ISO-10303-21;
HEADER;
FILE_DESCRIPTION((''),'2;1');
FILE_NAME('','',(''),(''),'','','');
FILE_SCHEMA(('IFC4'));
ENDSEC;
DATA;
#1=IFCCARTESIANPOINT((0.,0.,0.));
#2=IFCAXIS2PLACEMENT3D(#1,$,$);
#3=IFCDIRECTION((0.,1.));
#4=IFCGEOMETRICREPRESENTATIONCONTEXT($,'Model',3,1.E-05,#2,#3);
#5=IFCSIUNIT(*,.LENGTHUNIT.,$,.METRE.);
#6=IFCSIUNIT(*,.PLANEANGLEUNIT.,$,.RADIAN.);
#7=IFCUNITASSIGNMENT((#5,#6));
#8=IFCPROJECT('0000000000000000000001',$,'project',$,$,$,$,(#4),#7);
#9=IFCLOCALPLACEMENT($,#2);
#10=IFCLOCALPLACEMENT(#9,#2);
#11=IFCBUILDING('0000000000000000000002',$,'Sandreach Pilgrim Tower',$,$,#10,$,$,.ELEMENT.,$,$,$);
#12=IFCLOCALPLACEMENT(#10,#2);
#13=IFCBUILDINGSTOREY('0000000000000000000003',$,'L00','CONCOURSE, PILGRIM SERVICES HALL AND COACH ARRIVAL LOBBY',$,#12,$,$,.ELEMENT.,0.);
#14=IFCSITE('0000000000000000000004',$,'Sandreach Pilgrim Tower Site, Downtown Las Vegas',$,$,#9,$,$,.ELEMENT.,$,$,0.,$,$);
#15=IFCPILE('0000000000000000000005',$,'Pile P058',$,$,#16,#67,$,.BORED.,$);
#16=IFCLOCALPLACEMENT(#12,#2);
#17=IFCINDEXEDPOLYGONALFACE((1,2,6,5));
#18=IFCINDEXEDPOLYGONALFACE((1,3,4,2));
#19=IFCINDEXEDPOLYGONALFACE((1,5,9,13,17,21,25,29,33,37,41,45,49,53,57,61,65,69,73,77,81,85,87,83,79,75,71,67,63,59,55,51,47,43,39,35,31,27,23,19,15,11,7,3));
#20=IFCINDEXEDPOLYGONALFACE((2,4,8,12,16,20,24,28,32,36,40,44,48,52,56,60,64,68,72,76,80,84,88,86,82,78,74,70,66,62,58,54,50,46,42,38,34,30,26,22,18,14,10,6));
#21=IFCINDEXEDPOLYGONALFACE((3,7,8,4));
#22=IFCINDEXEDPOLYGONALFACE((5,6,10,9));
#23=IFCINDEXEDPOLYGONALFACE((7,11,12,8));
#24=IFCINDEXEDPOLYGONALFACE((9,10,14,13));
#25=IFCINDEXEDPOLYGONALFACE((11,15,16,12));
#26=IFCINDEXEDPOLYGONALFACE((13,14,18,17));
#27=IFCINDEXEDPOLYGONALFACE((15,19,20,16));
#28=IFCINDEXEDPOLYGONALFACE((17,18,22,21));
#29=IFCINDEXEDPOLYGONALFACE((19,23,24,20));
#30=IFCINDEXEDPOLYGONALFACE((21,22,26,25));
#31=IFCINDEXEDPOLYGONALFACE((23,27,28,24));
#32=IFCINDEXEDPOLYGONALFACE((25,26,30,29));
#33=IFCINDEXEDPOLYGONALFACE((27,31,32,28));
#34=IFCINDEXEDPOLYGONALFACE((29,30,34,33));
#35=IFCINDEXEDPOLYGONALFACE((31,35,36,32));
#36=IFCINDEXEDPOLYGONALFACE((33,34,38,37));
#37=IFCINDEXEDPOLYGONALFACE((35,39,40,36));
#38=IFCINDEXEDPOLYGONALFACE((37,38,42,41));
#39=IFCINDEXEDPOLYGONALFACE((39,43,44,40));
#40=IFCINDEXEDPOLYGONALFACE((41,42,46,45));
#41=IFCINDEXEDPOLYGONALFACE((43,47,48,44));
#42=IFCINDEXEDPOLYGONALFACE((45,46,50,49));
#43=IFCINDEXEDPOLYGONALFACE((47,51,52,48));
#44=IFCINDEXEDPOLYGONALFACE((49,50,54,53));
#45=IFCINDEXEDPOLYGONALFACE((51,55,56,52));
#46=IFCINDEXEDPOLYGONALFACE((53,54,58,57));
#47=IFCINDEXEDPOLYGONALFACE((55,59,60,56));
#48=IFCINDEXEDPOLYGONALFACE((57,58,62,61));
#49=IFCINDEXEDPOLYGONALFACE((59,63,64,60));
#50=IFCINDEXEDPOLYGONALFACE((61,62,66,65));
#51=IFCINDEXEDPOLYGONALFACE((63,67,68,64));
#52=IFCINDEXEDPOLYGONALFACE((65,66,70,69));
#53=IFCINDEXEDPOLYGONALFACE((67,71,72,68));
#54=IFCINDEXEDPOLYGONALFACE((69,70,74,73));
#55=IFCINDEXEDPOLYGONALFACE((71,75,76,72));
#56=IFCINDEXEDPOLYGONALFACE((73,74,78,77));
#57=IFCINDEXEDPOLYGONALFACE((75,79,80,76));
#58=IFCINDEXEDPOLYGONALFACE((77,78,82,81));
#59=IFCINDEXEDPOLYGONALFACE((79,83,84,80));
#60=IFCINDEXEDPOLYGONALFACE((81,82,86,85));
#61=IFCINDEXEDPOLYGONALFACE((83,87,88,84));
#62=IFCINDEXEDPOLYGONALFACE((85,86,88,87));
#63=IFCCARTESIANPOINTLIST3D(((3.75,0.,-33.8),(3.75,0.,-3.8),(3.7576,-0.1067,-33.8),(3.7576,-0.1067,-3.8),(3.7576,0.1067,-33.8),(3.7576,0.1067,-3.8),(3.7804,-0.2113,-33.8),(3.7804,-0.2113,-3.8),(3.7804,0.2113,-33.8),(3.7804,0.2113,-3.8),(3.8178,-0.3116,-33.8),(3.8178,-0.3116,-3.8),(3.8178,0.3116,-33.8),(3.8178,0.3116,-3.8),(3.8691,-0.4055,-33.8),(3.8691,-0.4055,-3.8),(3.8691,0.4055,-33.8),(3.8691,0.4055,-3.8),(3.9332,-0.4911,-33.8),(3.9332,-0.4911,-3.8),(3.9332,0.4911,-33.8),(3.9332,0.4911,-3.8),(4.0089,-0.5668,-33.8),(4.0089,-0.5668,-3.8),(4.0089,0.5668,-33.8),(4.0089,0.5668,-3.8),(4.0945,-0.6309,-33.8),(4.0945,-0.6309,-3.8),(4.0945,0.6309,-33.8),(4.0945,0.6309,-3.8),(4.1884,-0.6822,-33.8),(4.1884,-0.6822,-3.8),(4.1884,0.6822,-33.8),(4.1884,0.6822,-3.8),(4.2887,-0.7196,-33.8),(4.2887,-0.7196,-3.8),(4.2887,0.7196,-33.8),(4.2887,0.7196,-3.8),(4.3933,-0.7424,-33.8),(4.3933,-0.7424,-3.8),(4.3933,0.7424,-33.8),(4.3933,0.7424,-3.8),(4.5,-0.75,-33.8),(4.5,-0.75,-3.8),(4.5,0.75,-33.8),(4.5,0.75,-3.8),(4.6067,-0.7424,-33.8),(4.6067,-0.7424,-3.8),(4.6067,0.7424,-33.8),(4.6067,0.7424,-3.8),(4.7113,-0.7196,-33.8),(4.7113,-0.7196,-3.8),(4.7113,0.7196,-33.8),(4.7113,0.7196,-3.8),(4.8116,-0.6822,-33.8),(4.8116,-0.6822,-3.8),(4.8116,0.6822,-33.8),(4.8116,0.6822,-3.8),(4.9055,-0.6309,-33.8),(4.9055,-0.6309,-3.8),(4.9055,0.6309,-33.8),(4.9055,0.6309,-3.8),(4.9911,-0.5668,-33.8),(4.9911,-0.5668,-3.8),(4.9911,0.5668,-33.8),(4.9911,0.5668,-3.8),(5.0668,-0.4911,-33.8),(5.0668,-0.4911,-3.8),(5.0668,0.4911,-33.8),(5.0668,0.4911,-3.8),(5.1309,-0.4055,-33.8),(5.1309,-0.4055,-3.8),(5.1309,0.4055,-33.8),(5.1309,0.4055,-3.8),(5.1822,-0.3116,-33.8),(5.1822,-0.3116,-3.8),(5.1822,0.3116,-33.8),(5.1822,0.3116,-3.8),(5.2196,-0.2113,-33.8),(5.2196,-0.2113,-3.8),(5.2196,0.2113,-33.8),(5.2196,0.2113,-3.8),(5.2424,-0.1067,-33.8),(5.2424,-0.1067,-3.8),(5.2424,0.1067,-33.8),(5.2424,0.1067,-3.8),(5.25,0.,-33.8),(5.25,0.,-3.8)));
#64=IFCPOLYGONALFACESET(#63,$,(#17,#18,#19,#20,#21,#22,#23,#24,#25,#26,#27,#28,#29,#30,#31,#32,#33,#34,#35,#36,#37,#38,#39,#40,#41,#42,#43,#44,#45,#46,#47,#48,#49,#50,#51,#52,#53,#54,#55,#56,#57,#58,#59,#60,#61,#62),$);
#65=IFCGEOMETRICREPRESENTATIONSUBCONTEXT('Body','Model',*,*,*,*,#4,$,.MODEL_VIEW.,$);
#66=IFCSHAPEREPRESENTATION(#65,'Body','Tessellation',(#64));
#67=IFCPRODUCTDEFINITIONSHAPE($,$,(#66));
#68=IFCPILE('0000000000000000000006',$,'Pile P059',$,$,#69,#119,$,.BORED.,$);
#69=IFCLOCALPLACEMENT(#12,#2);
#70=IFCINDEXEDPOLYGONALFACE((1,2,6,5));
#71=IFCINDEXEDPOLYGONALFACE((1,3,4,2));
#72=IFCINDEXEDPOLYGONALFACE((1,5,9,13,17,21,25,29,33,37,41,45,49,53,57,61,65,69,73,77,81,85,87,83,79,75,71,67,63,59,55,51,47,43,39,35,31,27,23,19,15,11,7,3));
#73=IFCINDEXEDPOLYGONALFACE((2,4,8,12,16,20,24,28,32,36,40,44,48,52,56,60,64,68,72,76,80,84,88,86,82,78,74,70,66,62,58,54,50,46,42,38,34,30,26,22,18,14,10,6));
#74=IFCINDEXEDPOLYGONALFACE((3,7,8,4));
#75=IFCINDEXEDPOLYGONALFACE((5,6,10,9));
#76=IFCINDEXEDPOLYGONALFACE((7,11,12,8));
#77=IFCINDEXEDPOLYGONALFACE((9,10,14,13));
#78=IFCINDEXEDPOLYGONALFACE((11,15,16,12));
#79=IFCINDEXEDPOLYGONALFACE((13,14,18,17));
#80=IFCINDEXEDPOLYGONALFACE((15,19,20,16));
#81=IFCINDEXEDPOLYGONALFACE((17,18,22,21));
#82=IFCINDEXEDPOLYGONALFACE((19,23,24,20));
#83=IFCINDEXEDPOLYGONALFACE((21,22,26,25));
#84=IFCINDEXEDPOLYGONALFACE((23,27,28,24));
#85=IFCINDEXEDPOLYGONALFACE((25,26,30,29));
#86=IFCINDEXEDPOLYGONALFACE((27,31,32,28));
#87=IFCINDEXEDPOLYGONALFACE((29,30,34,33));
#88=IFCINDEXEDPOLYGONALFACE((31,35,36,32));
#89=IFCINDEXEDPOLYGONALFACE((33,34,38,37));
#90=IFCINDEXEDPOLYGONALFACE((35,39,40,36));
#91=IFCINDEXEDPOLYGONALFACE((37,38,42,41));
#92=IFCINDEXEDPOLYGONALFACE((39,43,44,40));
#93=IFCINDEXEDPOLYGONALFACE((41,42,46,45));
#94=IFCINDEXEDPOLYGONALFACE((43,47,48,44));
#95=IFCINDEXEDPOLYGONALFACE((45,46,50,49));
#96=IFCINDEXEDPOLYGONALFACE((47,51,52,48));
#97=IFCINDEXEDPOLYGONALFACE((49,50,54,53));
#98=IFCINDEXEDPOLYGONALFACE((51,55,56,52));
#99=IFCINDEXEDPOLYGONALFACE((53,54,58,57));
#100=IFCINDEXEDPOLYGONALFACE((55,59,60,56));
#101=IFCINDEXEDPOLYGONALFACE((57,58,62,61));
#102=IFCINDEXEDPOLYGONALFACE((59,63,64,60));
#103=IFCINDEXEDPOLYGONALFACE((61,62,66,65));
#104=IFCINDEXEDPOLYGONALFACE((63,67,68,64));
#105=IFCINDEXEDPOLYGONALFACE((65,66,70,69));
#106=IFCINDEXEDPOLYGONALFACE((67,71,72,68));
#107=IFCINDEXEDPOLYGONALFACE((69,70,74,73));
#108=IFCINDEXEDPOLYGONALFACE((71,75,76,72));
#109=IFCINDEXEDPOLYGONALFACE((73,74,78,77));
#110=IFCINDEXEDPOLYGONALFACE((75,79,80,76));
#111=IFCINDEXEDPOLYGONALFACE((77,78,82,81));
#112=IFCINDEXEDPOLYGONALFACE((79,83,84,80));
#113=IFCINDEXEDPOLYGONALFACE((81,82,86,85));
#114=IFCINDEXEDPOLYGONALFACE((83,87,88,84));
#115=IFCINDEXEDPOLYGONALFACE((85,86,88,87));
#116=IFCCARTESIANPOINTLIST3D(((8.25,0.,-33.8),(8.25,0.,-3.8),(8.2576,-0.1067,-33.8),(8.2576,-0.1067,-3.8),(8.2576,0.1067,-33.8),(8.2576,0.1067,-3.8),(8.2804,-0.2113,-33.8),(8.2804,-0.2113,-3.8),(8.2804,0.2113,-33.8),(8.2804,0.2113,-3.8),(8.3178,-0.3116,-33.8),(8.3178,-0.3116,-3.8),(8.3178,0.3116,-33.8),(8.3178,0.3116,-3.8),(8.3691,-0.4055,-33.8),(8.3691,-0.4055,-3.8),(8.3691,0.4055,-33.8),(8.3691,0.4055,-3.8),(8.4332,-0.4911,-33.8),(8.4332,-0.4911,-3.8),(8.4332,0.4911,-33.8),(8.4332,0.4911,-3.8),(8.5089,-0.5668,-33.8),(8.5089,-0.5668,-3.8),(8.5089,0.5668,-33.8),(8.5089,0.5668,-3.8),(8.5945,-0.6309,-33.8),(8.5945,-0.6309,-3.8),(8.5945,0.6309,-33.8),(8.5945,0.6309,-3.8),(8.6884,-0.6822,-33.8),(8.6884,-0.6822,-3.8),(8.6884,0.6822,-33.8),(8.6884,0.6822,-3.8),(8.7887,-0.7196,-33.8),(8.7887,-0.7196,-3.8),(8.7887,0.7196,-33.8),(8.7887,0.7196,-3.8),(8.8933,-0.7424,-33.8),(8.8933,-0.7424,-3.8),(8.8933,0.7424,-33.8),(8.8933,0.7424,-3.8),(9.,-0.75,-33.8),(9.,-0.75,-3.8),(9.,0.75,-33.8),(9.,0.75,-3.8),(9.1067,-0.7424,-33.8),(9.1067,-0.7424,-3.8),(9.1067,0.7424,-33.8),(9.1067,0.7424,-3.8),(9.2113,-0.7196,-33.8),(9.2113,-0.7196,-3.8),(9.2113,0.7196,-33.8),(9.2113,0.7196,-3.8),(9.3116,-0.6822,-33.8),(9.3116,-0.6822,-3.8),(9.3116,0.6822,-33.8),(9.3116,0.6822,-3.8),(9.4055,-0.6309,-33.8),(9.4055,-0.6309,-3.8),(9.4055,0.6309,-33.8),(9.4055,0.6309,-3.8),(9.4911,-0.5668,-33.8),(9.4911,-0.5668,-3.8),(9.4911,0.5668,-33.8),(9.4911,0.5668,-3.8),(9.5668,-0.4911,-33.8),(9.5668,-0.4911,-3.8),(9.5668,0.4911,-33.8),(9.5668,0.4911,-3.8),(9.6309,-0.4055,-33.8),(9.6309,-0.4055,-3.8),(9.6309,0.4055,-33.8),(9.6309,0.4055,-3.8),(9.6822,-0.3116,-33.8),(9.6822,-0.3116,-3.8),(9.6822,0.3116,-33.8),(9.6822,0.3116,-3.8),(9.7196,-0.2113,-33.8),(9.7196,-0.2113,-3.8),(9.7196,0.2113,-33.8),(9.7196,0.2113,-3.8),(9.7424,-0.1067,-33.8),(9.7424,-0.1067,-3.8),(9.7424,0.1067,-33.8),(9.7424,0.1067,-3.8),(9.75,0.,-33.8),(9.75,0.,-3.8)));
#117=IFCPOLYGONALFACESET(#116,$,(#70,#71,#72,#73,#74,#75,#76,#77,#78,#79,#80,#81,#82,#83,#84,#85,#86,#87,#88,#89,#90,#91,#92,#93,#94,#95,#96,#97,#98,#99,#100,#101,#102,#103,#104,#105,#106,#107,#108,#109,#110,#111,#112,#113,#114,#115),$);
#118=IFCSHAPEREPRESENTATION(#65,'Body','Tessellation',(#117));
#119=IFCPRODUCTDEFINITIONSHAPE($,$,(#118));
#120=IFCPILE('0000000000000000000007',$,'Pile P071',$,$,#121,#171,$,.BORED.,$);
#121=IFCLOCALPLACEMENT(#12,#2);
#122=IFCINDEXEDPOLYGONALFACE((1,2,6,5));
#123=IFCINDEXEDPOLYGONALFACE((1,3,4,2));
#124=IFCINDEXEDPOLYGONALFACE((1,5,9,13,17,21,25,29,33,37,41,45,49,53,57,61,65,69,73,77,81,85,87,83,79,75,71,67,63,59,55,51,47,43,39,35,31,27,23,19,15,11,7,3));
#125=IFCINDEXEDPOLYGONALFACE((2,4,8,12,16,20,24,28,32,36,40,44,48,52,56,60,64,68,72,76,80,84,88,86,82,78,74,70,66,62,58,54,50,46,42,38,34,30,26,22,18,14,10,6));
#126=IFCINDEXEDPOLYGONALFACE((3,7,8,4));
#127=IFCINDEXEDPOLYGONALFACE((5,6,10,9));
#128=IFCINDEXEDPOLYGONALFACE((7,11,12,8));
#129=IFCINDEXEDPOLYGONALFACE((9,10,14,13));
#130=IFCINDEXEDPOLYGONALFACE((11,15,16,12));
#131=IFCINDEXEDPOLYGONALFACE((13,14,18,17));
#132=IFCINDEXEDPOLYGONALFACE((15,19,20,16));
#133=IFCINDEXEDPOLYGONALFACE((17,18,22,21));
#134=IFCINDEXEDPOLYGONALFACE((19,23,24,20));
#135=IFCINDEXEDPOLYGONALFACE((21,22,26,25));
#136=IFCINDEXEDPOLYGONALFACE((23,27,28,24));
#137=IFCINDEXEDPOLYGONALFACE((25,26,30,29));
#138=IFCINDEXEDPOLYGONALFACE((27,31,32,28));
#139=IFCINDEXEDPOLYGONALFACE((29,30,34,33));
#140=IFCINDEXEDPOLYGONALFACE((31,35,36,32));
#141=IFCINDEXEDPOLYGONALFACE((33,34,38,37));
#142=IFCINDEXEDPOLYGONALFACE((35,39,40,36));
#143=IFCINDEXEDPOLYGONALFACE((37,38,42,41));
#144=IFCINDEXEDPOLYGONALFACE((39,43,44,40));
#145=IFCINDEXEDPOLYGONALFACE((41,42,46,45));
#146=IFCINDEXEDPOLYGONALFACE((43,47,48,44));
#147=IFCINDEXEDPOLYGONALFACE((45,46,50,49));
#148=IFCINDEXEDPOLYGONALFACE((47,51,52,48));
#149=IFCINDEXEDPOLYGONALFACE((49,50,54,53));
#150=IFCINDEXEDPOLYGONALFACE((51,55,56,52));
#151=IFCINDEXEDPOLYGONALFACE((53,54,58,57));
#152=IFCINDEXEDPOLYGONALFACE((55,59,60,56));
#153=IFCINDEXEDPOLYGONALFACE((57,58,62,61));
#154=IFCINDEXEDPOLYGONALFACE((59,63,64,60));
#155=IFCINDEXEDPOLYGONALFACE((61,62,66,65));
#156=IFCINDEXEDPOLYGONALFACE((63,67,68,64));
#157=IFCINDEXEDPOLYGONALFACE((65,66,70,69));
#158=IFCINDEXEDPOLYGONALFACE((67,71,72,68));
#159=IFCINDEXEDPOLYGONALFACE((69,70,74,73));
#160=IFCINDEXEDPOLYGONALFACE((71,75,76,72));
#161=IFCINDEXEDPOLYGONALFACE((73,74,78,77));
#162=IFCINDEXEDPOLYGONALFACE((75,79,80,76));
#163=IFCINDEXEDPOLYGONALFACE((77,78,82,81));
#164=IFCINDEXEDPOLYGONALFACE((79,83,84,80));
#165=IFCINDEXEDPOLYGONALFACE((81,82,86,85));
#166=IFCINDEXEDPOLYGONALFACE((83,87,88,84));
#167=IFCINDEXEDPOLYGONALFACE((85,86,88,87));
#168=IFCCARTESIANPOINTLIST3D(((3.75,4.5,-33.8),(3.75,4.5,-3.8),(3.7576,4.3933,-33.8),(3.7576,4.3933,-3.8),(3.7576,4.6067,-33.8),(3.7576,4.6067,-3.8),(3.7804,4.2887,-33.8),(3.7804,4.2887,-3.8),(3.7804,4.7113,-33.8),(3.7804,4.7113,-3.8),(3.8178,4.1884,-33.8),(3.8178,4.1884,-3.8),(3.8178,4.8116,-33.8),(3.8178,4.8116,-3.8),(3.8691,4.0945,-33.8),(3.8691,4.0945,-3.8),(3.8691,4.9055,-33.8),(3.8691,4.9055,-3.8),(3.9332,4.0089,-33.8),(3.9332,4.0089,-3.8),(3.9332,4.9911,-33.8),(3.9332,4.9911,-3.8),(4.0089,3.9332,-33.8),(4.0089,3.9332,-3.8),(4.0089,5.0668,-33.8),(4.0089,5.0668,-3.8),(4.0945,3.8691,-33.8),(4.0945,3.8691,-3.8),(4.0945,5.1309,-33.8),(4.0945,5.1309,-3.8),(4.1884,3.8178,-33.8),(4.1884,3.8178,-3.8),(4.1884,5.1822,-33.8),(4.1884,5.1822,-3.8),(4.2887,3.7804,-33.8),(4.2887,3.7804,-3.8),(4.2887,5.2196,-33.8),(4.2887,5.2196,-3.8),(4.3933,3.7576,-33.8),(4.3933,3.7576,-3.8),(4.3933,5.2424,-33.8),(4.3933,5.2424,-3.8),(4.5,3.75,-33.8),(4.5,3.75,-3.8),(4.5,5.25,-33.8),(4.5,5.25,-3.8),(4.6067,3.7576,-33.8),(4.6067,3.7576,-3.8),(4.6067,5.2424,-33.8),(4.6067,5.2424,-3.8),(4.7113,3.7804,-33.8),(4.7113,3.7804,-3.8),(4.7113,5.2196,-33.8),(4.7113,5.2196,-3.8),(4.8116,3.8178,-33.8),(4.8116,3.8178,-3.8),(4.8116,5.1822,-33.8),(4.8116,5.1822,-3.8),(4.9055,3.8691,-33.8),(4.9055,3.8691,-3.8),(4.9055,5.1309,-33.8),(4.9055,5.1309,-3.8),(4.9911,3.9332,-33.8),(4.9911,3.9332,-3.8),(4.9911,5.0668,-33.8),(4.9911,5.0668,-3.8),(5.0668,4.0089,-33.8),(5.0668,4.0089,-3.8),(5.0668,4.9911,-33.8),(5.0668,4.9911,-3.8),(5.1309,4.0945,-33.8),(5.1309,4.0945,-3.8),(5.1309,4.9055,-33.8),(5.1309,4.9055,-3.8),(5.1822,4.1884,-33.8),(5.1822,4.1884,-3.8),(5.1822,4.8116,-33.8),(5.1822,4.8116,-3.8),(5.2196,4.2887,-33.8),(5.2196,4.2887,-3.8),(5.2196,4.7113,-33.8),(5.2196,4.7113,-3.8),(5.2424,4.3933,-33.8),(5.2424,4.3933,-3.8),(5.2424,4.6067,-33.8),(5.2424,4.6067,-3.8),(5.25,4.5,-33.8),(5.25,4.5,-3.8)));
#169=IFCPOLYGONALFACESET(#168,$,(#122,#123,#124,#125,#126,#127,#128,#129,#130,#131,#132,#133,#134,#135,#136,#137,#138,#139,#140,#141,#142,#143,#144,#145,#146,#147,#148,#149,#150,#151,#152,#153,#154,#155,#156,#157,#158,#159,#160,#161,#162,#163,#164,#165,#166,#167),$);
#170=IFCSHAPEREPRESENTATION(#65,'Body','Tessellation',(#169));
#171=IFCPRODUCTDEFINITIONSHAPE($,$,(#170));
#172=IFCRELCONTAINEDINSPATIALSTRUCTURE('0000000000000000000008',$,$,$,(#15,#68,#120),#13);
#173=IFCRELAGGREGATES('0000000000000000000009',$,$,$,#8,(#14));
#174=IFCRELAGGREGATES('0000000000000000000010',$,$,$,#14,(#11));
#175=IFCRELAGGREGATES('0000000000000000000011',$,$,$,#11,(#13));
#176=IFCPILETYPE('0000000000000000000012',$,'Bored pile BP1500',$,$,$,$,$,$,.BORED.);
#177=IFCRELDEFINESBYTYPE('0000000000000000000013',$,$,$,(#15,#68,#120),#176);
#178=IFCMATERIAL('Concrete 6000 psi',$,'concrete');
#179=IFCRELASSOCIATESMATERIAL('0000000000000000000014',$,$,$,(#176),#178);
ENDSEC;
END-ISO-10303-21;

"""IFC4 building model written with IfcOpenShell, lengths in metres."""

from ifc_helpers import new_model, si_unit, direction, frame, origin, origin_2d, place, context, subcontext, project, spatial, circle, extrude, material, material_profile, profile_set, type_object, element, save


model = new_model("IFC4")

# Units and contexts
model_context = context("Model", 3, precision=1e-05, world=origin(), true_north=direction((0.0, 1.0)))
body_context = subcontext(model_context, "Body", "Model", "MODEL_VIEW")
ifc_project = project(units=[si_unit("LENGTHUNIT", "METRE"), si_unit("PLANEANGLEUNIT", "RADIAN")], contexts=[model_context])

# Site, building, storey
site_placement = place(None, origin())
site = spatial("IfcSite", under=ifc_project, at=site_placement, Name="Sandreach Pilgrim Tower Site, Downtown Las Vegas", CompositionType="ELEMENT", RefElevation=0.0)
building_placement = place(site_placement, origin())
building = spatial("IfcBuilding", under=site, at=building_placement, Name="Sandreach Pilgrim Tower", CompositionType="ELEMENT")
storey_placement = place(building_placement, origin())
storey = spatial("IfcBuildingStorey", under=building, at=storey_placement, Name="L00", Description="CONCOURSE, PILGRIM SERVICES HALL AND COACH ARRIVAL LOBBY", CompositionType="ELEMENT", Elevation=0.0)

# Piles
ifc_material_1 = material(Name="Concrete 6000 psi", Category="concrete")
ifc_material_profile_1 = material_profile(ifc_material_1, circle(Radius=0.75, at=origin_2d()), Name="BP1500")
ifc_profile_set_1 = profile_set([ifc_material_profile_1], Name="Concrete 6000 psi")
pile_type = type_object("IfcPileType", Name="Bored pile BP1500", PredefinedType="BORED", material=ifc_profile_set_1)
for number, where, z_axis, x_axis, name in (
    (1, (4.5, 0.0, -3.8), (0.0, 0.0, -1.0), (1.0, 0.0, 0.0), "Pile P058"),
    (2, (9.0, 0.0, -3.8), (0.0, 0.0, -1.0), (1.0, 0.0, 0.0), "Pile P059"),
    (3, (4.5, 4.5, -3.8), (0.0, 0.0, -1.0), (1.0, 0.0, 0.0), "Pile P071"),
):
    element("IfcPile", number, at=place(storey_placement, frame(where, z_axis=z_axis, x_axis=x_axis)), inside=storey, type_object=pile_type, Name=name, PredefinedType="BORED", context=body_context, shape_type="SweptSolid", body=[
        extrude(circle(Radius=0.75, at=origin_2d()), origin(), (0.0, 0.0, 1.0), 30.0),
    ])

save(model, "model.ifc")
